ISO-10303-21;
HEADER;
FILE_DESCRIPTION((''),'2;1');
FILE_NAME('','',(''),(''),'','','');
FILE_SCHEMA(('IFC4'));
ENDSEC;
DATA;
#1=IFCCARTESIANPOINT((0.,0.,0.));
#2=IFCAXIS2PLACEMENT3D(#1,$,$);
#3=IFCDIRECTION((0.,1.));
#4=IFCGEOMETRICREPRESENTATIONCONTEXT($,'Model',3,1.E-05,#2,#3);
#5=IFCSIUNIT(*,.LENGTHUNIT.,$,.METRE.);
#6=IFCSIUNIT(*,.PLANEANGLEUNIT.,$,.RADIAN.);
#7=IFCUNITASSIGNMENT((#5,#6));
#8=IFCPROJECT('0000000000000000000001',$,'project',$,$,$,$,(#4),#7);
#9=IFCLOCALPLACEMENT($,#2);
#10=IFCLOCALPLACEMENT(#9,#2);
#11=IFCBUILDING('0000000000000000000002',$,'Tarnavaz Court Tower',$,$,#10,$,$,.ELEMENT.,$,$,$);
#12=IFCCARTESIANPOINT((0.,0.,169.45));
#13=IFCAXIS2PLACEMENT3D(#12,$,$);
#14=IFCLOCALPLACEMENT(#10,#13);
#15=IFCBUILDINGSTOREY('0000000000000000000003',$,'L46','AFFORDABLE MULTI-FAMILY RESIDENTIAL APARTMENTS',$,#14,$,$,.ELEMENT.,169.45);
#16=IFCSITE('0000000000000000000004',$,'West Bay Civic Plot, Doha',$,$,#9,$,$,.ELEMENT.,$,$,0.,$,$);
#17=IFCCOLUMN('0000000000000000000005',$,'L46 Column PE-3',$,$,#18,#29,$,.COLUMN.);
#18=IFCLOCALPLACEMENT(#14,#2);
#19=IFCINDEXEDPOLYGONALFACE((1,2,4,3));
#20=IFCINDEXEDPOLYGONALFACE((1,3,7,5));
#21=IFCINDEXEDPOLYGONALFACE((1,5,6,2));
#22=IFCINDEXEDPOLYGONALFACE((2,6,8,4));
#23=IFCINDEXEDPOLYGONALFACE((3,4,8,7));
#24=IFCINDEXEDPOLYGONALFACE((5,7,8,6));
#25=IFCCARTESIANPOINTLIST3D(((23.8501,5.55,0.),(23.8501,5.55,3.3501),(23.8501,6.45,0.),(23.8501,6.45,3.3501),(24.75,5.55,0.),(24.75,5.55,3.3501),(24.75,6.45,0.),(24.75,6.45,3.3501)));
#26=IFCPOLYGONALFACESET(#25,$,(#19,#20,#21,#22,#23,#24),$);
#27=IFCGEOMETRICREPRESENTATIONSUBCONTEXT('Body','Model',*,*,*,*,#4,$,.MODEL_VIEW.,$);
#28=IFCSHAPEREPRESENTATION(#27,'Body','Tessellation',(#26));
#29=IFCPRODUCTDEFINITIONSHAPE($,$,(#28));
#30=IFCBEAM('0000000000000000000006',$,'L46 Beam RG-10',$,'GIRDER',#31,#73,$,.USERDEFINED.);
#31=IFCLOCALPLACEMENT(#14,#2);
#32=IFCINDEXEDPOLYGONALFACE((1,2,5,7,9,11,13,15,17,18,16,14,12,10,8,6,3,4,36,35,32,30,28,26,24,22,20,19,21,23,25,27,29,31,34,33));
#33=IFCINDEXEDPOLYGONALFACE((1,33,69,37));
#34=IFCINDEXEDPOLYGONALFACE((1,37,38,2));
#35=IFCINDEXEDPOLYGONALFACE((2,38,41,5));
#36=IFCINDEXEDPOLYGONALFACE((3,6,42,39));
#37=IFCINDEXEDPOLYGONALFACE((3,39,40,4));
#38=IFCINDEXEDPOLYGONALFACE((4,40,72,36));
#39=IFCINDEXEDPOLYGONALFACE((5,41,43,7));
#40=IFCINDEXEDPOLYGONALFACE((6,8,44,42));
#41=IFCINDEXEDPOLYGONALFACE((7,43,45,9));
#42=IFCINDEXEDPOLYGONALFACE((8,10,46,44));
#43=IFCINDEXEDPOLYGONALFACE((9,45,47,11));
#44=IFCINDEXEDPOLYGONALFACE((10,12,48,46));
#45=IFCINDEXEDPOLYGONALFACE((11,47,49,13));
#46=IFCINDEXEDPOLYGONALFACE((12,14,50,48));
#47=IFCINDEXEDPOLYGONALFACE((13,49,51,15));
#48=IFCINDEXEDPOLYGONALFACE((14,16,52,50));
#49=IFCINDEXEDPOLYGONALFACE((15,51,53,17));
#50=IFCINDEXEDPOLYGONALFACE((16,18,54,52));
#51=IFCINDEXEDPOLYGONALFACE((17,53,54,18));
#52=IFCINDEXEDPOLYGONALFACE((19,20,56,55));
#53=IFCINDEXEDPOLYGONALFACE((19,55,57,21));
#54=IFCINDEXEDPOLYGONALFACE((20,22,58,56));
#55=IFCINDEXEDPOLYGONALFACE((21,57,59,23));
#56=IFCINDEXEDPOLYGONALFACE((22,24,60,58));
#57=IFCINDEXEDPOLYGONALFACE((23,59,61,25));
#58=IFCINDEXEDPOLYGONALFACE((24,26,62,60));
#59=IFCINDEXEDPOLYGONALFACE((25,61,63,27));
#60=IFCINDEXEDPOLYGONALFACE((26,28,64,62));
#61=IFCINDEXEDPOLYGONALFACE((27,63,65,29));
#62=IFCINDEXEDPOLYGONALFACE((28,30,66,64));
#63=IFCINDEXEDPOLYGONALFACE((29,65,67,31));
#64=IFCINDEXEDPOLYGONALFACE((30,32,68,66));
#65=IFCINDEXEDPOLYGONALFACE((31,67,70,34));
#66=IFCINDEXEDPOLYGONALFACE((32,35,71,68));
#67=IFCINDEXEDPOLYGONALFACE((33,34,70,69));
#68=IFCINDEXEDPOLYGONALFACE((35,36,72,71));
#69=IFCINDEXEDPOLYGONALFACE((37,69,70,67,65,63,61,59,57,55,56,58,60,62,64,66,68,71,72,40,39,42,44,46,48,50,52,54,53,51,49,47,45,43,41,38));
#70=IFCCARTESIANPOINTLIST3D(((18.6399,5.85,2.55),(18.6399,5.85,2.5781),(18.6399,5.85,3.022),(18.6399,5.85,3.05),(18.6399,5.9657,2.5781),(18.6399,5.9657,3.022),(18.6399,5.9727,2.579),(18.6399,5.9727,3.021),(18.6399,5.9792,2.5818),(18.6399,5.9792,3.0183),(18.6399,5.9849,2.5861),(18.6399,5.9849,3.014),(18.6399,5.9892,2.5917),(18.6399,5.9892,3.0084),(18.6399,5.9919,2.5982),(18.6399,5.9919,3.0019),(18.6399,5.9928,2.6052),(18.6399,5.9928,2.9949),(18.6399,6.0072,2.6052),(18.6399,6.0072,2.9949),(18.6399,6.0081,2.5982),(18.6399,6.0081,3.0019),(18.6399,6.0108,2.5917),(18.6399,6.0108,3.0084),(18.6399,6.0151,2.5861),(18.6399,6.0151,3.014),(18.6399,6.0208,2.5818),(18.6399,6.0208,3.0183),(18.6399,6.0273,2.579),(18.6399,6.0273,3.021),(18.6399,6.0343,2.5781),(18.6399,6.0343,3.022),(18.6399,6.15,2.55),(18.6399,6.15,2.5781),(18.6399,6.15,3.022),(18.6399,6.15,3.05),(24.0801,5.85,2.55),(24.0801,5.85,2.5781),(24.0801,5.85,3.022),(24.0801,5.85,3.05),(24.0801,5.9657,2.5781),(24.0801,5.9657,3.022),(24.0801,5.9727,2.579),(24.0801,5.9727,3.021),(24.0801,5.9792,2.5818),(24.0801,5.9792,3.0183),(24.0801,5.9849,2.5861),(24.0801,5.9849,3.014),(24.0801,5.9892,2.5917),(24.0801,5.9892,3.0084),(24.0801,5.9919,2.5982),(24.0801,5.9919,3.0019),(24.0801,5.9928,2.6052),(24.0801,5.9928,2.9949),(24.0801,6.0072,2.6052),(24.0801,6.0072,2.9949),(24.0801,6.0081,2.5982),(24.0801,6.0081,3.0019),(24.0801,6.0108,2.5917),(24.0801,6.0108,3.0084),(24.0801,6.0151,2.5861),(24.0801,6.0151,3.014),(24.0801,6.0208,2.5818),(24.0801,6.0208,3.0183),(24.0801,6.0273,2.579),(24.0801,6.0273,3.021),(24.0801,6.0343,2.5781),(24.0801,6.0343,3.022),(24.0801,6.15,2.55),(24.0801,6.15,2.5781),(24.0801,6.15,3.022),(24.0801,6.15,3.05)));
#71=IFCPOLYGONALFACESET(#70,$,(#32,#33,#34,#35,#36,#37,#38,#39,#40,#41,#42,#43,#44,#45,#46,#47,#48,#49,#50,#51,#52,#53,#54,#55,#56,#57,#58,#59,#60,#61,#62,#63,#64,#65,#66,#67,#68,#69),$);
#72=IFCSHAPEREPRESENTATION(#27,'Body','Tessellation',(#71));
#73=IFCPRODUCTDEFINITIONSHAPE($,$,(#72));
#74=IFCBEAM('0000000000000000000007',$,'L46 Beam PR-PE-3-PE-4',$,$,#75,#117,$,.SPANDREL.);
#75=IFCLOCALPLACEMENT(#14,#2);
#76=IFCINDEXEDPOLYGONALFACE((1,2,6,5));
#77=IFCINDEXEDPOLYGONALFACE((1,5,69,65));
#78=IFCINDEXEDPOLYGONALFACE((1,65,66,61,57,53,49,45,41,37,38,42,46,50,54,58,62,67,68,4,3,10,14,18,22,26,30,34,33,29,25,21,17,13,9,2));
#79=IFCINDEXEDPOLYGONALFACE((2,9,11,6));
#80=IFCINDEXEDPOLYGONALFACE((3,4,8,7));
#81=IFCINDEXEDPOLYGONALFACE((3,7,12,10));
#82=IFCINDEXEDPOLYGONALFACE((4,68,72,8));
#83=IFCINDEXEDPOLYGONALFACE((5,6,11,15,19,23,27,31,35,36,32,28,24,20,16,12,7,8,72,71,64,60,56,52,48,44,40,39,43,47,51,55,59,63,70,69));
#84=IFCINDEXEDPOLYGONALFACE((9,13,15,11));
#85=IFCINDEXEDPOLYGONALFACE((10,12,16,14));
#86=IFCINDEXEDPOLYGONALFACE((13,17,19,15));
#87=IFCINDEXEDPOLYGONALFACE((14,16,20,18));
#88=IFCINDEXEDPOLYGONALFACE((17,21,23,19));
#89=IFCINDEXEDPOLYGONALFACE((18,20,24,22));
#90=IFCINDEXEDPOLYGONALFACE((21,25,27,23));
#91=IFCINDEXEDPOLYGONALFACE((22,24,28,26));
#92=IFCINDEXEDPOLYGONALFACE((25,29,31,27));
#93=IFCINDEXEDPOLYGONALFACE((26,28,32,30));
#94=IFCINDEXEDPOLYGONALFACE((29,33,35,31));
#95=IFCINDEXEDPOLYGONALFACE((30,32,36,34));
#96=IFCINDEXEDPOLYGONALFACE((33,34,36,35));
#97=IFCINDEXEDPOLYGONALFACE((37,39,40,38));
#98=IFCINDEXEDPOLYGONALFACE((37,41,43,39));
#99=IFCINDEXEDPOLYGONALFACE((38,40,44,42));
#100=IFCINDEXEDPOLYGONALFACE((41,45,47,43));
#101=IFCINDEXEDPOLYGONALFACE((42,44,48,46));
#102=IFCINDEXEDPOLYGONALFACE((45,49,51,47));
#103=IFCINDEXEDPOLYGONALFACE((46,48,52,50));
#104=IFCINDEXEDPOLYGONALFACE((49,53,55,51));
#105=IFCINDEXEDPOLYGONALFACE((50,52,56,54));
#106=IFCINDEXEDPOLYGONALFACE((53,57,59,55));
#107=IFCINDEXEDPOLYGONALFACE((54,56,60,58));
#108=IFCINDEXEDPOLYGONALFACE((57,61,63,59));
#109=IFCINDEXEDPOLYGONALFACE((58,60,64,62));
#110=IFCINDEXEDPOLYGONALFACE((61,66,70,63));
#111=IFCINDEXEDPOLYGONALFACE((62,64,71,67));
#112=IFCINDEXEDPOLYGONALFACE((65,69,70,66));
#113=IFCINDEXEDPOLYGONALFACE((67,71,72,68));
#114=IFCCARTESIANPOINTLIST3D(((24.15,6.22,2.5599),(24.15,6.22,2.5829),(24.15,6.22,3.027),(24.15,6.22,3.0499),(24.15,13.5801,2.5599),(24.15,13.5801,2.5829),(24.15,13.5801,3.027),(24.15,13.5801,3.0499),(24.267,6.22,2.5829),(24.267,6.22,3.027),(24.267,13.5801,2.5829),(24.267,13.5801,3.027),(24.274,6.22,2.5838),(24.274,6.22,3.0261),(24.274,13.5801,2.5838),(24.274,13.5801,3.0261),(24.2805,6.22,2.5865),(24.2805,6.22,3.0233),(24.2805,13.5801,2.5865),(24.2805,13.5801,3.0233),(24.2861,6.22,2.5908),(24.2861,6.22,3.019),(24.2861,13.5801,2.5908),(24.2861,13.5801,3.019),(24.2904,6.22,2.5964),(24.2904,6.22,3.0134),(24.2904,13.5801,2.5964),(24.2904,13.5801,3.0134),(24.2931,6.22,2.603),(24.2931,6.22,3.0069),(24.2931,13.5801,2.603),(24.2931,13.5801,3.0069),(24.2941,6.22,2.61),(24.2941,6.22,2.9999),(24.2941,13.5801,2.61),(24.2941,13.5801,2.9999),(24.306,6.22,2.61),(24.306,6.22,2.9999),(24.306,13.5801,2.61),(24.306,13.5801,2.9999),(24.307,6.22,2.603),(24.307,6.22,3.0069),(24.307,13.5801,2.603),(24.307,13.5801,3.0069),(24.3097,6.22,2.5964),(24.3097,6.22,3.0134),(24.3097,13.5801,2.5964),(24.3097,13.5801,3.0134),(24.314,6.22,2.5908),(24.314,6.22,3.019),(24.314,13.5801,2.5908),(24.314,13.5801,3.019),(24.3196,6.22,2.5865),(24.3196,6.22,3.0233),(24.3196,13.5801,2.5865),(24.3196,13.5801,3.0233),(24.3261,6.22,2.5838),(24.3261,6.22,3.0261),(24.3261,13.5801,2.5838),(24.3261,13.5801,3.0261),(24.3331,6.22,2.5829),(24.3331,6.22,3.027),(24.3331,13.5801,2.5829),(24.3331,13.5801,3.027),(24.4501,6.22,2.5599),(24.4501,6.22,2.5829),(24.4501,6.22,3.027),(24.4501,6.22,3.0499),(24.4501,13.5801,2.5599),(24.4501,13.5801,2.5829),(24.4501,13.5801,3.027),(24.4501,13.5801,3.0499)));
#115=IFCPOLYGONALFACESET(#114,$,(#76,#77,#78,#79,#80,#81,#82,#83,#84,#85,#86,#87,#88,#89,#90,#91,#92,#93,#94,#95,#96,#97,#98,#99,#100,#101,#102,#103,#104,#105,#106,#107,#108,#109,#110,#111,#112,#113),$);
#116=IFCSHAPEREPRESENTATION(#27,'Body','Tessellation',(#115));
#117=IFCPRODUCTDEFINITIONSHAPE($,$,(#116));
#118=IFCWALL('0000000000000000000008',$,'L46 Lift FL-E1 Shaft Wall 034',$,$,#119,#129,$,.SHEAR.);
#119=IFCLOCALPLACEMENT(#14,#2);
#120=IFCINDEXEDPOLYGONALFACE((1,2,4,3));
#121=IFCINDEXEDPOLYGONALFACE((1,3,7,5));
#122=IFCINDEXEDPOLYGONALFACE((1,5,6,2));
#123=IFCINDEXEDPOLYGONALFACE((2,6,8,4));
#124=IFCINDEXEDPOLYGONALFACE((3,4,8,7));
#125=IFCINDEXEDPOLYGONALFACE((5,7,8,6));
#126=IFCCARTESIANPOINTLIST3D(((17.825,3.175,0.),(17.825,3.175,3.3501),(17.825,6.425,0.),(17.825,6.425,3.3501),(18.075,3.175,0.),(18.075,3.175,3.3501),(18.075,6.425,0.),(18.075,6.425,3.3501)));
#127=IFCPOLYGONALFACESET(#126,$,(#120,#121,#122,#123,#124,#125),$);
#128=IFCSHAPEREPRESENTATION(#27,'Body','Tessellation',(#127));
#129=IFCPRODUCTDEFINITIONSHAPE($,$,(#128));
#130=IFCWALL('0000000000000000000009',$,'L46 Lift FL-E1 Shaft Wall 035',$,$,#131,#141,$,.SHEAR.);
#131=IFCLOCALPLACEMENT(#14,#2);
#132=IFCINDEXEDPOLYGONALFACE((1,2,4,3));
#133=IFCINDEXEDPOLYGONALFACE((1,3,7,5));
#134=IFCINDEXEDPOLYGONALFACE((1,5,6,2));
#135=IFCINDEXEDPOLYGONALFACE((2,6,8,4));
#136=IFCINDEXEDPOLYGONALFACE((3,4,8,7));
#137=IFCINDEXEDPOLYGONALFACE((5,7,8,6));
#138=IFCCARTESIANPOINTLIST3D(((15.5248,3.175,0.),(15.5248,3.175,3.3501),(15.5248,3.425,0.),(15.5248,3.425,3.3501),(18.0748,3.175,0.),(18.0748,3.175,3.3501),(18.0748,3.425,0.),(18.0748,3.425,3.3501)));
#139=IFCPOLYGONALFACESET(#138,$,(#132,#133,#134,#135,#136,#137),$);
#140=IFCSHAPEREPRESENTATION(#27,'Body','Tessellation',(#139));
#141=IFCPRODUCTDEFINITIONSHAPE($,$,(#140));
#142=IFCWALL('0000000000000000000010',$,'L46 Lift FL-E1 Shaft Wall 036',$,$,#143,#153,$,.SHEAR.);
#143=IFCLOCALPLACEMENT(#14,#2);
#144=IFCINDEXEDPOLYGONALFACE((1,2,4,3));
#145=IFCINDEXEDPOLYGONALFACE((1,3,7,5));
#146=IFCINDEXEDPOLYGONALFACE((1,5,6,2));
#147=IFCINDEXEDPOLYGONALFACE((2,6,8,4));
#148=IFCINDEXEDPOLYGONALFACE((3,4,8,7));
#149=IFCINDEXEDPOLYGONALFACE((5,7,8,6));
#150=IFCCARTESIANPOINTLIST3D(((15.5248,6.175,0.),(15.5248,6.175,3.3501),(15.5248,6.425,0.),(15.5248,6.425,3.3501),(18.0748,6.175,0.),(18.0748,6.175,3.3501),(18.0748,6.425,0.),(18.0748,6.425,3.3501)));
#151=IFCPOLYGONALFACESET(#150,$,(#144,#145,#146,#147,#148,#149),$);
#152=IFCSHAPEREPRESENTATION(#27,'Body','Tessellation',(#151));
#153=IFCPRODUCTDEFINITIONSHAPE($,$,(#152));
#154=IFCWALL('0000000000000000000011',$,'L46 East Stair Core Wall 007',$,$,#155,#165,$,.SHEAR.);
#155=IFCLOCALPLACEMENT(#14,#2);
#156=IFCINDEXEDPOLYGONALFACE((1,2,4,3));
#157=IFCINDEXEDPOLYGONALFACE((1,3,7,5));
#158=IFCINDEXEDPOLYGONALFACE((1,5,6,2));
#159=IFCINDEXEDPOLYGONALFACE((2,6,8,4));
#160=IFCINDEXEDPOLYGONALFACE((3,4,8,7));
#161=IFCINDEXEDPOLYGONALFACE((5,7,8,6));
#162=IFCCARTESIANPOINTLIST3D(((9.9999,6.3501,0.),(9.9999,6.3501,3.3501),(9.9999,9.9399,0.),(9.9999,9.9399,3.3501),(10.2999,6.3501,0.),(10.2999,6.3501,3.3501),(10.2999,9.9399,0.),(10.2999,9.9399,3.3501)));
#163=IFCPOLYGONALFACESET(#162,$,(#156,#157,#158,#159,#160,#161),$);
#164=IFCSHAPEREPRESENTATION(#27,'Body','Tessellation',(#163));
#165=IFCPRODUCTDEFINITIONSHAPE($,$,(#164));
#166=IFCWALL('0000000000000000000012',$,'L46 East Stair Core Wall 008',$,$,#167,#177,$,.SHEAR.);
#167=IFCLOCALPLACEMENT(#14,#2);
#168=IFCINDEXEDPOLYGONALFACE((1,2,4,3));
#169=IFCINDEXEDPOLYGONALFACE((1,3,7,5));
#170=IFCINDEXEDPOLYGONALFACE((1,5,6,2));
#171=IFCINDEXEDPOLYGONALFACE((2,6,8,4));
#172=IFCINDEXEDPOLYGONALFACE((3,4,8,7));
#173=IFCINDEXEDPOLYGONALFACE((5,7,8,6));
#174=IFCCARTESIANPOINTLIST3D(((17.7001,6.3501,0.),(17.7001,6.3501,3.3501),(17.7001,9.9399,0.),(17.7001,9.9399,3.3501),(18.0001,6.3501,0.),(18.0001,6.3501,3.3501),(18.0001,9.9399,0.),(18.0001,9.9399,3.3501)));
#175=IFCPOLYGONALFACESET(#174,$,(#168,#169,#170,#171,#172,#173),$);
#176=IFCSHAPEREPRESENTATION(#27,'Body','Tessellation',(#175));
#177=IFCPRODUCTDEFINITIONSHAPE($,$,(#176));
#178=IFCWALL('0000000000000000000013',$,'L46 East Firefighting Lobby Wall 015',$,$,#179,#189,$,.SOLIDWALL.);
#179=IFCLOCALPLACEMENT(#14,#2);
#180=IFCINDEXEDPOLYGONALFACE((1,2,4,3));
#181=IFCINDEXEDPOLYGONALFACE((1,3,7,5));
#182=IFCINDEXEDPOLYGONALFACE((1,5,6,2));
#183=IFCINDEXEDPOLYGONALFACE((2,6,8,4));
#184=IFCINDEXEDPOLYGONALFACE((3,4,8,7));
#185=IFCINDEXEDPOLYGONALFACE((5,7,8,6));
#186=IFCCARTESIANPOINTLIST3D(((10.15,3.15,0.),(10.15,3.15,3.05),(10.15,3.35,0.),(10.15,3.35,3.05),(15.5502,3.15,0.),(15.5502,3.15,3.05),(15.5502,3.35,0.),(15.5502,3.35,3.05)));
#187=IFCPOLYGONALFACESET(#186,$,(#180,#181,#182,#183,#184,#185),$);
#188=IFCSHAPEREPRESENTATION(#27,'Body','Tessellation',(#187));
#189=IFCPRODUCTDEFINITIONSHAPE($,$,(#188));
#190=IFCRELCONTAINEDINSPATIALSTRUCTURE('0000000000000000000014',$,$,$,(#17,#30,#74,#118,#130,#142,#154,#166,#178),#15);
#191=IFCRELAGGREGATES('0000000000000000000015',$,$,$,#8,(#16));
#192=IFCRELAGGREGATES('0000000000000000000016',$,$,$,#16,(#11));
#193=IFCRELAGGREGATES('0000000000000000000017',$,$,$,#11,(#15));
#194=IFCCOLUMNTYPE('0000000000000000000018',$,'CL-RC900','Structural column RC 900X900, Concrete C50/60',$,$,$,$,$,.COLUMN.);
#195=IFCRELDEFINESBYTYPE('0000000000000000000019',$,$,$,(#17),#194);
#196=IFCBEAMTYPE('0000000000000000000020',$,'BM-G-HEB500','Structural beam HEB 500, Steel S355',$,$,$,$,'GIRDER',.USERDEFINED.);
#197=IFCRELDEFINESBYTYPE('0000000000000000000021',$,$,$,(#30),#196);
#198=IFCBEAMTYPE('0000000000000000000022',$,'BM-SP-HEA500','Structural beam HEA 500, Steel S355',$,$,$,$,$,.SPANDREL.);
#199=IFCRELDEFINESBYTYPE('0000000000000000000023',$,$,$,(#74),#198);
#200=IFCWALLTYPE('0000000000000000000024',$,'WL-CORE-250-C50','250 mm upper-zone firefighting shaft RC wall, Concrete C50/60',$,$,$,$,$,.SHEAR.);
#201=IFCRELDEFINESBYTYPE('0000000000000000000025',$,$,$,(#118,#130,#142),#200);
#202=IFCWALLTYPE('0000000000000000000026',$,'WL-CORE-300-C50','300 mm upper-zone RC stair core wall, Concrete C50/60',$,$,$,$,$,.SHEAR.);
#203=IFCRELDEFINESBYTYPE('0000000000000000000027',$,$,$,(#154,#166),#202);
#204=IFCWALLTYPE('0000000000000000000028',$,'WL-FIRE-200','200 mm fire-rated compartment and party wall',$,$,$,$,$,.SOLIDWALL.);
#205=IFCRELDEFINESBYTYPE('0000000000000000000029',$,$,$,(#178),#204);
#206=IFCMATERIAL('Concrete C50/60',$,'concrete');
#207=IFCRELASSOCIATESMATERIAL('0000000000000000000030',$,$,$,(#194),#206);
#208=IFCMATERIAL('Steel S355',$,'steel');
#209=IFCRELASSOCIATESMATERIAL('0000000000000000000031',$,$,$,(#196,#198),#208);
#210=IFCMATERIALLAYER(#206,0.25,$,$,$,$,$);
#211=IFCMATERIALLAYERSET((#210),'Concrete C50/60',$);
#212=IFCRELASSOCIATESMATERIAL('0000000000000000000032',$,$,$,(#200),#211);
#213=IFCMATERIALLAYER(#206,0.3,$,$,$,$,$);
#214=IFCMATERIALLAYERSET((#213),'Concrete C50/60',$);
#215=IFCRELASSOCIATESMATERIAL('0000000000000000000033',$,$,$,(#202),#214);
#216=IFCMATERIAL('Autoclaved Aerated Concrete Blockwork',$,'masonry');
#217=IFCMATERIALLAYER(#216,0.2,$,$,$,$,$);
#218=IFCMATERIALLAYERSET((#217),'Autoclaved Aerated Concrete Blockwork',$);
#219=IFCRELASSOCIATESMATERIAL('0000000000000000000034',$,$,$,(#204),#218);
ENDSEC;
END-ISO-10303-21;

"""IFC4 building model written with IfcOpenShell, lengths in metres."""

from ifc_helpers import new_model, si_unit, direction, frame, frame_2d, origin, origin_2d, place, context, subcontext, project, spatial, rectangle, i_section, extrude, material, layer, layer_set, material_profile, profile_set, type_object, element, save


model = new_model("IFC4")

# Units and contexts
model_context = context("Model", 3, precision=1e-05, world=origin(), true_north=direction((0.0, 1.0)))
body_context = subcontext(model_context, "Body", "Model", "MODEL_VIEW")
ifc_project = project(units=[si_unit("LENGTHUNIT", "METRE"), si_unit("PLANEANGLEUNIT", "RADIAN")], contexts=[model_context])

# Site, building, storey
site_placement = place(None, origin())
site = spatial("IfcSite", under=ifc_project, at=site_placement, Name="West Bay Civic Plot, Doha", CompositionType="ELEMENT", RefElevation=0.0)
building_placement = place(site_placement, origin())
building = spatial("IfcBuilding", under=site, at=building_placement, Name="Tarnavaz Court Tower", CompositionType="ELEMENT")
storey_placement = place(building_placement, frame((0.0, 0.0, 169.45)))
storey = spatial("IfcBuildingStorey", under=building, at=storey_placement, Name="L46", Description="AFFORDABLE MULTI-FAMILY RESIDENTIAL APARTMENTS", CompositionType="ELEMENT", Elevation=169.45)

# Column
ifc_material_1 = material(Name="Concrete C50/60", Category="concrete")
ifc_material_profile_1 = material_profile(ifc_material_1, rectangle(XDim=0.8999, YDim=0.8999, at=origin_2d()), Name="RC 900X900")
ifc_profile_set_1 = profile_set([ifc_material_profile_1], Name="Concrete C50/60")
column_type = type_object("IfcColumnType", Name="CL-RC900", Description="Structural column RC 900X900, Concrete C50/60", PredefinedType="COLUMN", material=ifc_profile_set_1)
column_placement = place(storey_placement, frame((24.3, 6.0, 0.0), z_axis=(0.0, 0.0, 1.0), x_axis=(1.0, 0.0, 0.0)))
element("IfcColumn", 1, at=column_placement, inside=storey, type_object=column_type, Name="L46 Column PE-3", PredefinedType="COLUMN", context=body_context, shape_type="SweptSolid", body=[
    extrude(rectangle(XDim=0.8999, YDim=0.8999, at=origin_2d()), origin(), (0.0, 0.0, 1.0), 3.3501),
])

# Beams
ifc_material_2 = material(Name="Steel S355", Category="steel")
ifc_material_profile_2 = material_profile(ifc_material_2, i_section(OverallWidth=0.3, OverallDepth=0.5, WebThickness=0.0144, FlangeThickness=0.0281, FilletRadius=0.0271, at=origin_2d()), Name="HEB 500")
ifc_profile_set_2 = profile_set([ifc_material_profile_2], Name="Steel S355")
beam_type_1 = type_object("IfcBeamType", Name="BM-G-HEB500", Description="Structural beam HEB 500, Steel S355", ElementType="GIRDER", PredefinedType="USERDEFINED", material=ifc_profile_set_2)
beam_1_placement = place(storey_placement, frame((18.6399, 6.0, 2.8), z_axis=(1.0, 0.0, 0.0), x_axis=(0.0, 1.0, 0.0)))
element("IfcBeam", 2, at=beam_1_placement, inside=storey, type_object=beam_type_1, Name="L46 Beam RG-10", ObjectType="GIRDER", PredefinedType="USERDEFINED", context=body_context, shape_type="SweptSolid", body=[
    extrude(i_section(OverallWidth=0.3, OverallDepth=0.5, WebThickness=0.0144, FlangeThickness=0.0281, FilletRadius=0.0271, at=origin_2d()), origin(), (0.0, 0.0, 1.0), 5.4402),
])
ifc_material_profile_3 = material_profile(ifc_material_2, i_section(OverallWidth=0.3, OverallDepth=0.49, WebThickness=0.012, FlangeThickness=0.0229, FilletRadius=0.0271, at=origin_2d()), Name="HEA 500")
ifc_profile_set_3 = profile_set([ifc_material_profile_3], Name="Steel S355")
beam_type_2 = type_object("IfcBeamType", Name="BM-SP-HEA500", Description="Structural beam HEA 500, Steel S355", PredefinedType="SPANDREL", material=ifc_profile_set_3)
beam_2_placement = place(storey_placement, frame((24.3, 6.22, 2.8049), z_axis=(0.0, 1.0, 0.0), x_axis=(-1.0, 0.0, 0.0)))
element("IfcBeam", 3, at=beam_2_placement, inside=storey, type_object=beam_type_2, Name="L46 Beam PR-PE-3-PE-4", PredefinedType="SPANDREL", context=body_context, shape_type="SweptSolid", body=[
    extrude(i_section(OverallWidth=0.3, OverallDepth=0.49, WebThickness=0.012, FlangeThickness=0.0229, FilletRadius=0.0271, at=origin_2d()), origin(), (0.0, 0.0, 1.0), 7.3601),
])

# Shared definitions
ifc_layer_1 = layer(ifc_material_1, 0.25)
ifc_layer_set_1 = layer_set([ifc_layer_1], Name="Concrete C50/60")
wall_type_1 = type_object("IfcWallType", Name="WL-CORE-250-C50", Description="250 mm upper-zone firefighting shaft RC wall, Concrete C50/60", PredefinedType="SHEAR", material=ifc_layer_set_1)

# Walls
wall_1_placement = place(storey_placement, frame((17.95, 3.175, 0.0), z_axis=(0.0, 0.0, 1.0), x_axis=(0.0, 1.0, 0.0)))
element("IfcWall", 4, at=wall_1_placement, inside=storey, type_object=wall_type_1, Name="L46 Lift FL-E1 Shaft Wall 034", PredefinedType="SHEAR", context=body_context, shape_type="SweptSolid", body=[
    extrude(rectangle(XDim=3.25, YDim=0.25, at=frame_2d((1.625, 0.0))), origin(), (0.0, 0.0, 1.0), 3.3501),
])
for number, where, z_axis, x_axis, name in (
    (5, (15.5249, 3.3, 0.0), (0.0, 0.0, 1.0), (1.0, 0.0, 0.0), "L46 Lift FL-E1 Shaft Wall 035"),
    (6, (15.5249, 6.3, 0.0), (0.0, 0.0, 1.0), (1.0, 0.0, 0.0), "L46 Lift FL-E1 Shaft Wall 036"),
):
    element("IfcWall", number, at=place(storey_placement, frame(where, z_axis=z_axis, x_axis=x_axis)), inside=storey, type_object=wall_type_1, Name=name, PredefinedType="SHEAR", context=body_context, shape_type="SweptSolid", body=[
        extrude(rectangle(XDim=2.55, YDim=0.25, at=frame_2d((1.2749, 0.0))), origin(), (0.0, 0.0, 1.0), 3.3501),
    ])
ifc_layer_2 = layer(ifc_material_1, 0.3)
ifc_layer_set_2 = layer_set([ifc_layer_2], Name="Concrete C50/60")
wall_type_2 = type_object("IfcWallType", Name="WL-CORE-300-C50", Description="300 mm upper-zone RC stair core wall, Concrete C50/60", PredefinedType="SHEAR", material=ifc_layer_set_2)
for number, where, z_axis, x_axis, name in (
    (7, (10.1499, 6.3501, 0.0), (0.0, 0.0, 1.0), (0.0, 1.0, 0.0), "L46 East Stair Core Wall 007"),
    (8, (17.8501, 6.3501, 0.0), (0.0, 0.0, 1.0), (0.0, 1.0, 0.0), "L46 East Stair Core Wall 008"),
):
    element("IfcWall", number, at=place(storey_placement, frame(where, z_axis=z_axis, x_axis=x_axis)), inside=storey, type_object=wall_type_2, Name=name, PredefinedType="SHEAR", context=body_context, shape_type="SweptSolid", body=[
        extrude(rectangle(XDim=3.5898, YDim=0.3, at=frame_2d((1.7949, 0.0))), origin(), (0.0, 0.0, 1.0), 3.3501),
    ])
ifc_material_3 = material(Name="Autoclaved Aerated Concrete Blockwork", Category="masonry")
ifc_layer_3 = layer(ifc_material_3, 0.2)
ifc_layer_set_3 = layer_set([ifc_layer_3], Name="Autoclaved Aerated Concrete Blockwork")
wall_type_3 = type_object("IfcWallType", Name="WL-FIRE-200", Description="200 mm fire-rated compartment and party wall", PredefinedType="SOLIDWALL", material=ifc_layer_set_3)
wall_2_placement = place(storey_placement, frame((10.1499, 3.25, 0.0), z_axis=(0.0, 0.0, 1.0), x_axis=(1.0, 0.0, 0.0)))
element("IfcWall", 9, at=wall_2_placement, inside=storey, type_object=wall_type_3, Name="L46 East Firefighting Lobby Wall 015", PredefinedType="SOLIDWALL", context=body_context, shape_type="SweptSolid", body=[
    extrude(rectangle(XDim=5.4001, YDim=0.2, at=frame_2d((2.7002, 0.0))), origin(), (0.0, 0.0, 1.0), 3.05),
])

save(model, "model.ifc")
